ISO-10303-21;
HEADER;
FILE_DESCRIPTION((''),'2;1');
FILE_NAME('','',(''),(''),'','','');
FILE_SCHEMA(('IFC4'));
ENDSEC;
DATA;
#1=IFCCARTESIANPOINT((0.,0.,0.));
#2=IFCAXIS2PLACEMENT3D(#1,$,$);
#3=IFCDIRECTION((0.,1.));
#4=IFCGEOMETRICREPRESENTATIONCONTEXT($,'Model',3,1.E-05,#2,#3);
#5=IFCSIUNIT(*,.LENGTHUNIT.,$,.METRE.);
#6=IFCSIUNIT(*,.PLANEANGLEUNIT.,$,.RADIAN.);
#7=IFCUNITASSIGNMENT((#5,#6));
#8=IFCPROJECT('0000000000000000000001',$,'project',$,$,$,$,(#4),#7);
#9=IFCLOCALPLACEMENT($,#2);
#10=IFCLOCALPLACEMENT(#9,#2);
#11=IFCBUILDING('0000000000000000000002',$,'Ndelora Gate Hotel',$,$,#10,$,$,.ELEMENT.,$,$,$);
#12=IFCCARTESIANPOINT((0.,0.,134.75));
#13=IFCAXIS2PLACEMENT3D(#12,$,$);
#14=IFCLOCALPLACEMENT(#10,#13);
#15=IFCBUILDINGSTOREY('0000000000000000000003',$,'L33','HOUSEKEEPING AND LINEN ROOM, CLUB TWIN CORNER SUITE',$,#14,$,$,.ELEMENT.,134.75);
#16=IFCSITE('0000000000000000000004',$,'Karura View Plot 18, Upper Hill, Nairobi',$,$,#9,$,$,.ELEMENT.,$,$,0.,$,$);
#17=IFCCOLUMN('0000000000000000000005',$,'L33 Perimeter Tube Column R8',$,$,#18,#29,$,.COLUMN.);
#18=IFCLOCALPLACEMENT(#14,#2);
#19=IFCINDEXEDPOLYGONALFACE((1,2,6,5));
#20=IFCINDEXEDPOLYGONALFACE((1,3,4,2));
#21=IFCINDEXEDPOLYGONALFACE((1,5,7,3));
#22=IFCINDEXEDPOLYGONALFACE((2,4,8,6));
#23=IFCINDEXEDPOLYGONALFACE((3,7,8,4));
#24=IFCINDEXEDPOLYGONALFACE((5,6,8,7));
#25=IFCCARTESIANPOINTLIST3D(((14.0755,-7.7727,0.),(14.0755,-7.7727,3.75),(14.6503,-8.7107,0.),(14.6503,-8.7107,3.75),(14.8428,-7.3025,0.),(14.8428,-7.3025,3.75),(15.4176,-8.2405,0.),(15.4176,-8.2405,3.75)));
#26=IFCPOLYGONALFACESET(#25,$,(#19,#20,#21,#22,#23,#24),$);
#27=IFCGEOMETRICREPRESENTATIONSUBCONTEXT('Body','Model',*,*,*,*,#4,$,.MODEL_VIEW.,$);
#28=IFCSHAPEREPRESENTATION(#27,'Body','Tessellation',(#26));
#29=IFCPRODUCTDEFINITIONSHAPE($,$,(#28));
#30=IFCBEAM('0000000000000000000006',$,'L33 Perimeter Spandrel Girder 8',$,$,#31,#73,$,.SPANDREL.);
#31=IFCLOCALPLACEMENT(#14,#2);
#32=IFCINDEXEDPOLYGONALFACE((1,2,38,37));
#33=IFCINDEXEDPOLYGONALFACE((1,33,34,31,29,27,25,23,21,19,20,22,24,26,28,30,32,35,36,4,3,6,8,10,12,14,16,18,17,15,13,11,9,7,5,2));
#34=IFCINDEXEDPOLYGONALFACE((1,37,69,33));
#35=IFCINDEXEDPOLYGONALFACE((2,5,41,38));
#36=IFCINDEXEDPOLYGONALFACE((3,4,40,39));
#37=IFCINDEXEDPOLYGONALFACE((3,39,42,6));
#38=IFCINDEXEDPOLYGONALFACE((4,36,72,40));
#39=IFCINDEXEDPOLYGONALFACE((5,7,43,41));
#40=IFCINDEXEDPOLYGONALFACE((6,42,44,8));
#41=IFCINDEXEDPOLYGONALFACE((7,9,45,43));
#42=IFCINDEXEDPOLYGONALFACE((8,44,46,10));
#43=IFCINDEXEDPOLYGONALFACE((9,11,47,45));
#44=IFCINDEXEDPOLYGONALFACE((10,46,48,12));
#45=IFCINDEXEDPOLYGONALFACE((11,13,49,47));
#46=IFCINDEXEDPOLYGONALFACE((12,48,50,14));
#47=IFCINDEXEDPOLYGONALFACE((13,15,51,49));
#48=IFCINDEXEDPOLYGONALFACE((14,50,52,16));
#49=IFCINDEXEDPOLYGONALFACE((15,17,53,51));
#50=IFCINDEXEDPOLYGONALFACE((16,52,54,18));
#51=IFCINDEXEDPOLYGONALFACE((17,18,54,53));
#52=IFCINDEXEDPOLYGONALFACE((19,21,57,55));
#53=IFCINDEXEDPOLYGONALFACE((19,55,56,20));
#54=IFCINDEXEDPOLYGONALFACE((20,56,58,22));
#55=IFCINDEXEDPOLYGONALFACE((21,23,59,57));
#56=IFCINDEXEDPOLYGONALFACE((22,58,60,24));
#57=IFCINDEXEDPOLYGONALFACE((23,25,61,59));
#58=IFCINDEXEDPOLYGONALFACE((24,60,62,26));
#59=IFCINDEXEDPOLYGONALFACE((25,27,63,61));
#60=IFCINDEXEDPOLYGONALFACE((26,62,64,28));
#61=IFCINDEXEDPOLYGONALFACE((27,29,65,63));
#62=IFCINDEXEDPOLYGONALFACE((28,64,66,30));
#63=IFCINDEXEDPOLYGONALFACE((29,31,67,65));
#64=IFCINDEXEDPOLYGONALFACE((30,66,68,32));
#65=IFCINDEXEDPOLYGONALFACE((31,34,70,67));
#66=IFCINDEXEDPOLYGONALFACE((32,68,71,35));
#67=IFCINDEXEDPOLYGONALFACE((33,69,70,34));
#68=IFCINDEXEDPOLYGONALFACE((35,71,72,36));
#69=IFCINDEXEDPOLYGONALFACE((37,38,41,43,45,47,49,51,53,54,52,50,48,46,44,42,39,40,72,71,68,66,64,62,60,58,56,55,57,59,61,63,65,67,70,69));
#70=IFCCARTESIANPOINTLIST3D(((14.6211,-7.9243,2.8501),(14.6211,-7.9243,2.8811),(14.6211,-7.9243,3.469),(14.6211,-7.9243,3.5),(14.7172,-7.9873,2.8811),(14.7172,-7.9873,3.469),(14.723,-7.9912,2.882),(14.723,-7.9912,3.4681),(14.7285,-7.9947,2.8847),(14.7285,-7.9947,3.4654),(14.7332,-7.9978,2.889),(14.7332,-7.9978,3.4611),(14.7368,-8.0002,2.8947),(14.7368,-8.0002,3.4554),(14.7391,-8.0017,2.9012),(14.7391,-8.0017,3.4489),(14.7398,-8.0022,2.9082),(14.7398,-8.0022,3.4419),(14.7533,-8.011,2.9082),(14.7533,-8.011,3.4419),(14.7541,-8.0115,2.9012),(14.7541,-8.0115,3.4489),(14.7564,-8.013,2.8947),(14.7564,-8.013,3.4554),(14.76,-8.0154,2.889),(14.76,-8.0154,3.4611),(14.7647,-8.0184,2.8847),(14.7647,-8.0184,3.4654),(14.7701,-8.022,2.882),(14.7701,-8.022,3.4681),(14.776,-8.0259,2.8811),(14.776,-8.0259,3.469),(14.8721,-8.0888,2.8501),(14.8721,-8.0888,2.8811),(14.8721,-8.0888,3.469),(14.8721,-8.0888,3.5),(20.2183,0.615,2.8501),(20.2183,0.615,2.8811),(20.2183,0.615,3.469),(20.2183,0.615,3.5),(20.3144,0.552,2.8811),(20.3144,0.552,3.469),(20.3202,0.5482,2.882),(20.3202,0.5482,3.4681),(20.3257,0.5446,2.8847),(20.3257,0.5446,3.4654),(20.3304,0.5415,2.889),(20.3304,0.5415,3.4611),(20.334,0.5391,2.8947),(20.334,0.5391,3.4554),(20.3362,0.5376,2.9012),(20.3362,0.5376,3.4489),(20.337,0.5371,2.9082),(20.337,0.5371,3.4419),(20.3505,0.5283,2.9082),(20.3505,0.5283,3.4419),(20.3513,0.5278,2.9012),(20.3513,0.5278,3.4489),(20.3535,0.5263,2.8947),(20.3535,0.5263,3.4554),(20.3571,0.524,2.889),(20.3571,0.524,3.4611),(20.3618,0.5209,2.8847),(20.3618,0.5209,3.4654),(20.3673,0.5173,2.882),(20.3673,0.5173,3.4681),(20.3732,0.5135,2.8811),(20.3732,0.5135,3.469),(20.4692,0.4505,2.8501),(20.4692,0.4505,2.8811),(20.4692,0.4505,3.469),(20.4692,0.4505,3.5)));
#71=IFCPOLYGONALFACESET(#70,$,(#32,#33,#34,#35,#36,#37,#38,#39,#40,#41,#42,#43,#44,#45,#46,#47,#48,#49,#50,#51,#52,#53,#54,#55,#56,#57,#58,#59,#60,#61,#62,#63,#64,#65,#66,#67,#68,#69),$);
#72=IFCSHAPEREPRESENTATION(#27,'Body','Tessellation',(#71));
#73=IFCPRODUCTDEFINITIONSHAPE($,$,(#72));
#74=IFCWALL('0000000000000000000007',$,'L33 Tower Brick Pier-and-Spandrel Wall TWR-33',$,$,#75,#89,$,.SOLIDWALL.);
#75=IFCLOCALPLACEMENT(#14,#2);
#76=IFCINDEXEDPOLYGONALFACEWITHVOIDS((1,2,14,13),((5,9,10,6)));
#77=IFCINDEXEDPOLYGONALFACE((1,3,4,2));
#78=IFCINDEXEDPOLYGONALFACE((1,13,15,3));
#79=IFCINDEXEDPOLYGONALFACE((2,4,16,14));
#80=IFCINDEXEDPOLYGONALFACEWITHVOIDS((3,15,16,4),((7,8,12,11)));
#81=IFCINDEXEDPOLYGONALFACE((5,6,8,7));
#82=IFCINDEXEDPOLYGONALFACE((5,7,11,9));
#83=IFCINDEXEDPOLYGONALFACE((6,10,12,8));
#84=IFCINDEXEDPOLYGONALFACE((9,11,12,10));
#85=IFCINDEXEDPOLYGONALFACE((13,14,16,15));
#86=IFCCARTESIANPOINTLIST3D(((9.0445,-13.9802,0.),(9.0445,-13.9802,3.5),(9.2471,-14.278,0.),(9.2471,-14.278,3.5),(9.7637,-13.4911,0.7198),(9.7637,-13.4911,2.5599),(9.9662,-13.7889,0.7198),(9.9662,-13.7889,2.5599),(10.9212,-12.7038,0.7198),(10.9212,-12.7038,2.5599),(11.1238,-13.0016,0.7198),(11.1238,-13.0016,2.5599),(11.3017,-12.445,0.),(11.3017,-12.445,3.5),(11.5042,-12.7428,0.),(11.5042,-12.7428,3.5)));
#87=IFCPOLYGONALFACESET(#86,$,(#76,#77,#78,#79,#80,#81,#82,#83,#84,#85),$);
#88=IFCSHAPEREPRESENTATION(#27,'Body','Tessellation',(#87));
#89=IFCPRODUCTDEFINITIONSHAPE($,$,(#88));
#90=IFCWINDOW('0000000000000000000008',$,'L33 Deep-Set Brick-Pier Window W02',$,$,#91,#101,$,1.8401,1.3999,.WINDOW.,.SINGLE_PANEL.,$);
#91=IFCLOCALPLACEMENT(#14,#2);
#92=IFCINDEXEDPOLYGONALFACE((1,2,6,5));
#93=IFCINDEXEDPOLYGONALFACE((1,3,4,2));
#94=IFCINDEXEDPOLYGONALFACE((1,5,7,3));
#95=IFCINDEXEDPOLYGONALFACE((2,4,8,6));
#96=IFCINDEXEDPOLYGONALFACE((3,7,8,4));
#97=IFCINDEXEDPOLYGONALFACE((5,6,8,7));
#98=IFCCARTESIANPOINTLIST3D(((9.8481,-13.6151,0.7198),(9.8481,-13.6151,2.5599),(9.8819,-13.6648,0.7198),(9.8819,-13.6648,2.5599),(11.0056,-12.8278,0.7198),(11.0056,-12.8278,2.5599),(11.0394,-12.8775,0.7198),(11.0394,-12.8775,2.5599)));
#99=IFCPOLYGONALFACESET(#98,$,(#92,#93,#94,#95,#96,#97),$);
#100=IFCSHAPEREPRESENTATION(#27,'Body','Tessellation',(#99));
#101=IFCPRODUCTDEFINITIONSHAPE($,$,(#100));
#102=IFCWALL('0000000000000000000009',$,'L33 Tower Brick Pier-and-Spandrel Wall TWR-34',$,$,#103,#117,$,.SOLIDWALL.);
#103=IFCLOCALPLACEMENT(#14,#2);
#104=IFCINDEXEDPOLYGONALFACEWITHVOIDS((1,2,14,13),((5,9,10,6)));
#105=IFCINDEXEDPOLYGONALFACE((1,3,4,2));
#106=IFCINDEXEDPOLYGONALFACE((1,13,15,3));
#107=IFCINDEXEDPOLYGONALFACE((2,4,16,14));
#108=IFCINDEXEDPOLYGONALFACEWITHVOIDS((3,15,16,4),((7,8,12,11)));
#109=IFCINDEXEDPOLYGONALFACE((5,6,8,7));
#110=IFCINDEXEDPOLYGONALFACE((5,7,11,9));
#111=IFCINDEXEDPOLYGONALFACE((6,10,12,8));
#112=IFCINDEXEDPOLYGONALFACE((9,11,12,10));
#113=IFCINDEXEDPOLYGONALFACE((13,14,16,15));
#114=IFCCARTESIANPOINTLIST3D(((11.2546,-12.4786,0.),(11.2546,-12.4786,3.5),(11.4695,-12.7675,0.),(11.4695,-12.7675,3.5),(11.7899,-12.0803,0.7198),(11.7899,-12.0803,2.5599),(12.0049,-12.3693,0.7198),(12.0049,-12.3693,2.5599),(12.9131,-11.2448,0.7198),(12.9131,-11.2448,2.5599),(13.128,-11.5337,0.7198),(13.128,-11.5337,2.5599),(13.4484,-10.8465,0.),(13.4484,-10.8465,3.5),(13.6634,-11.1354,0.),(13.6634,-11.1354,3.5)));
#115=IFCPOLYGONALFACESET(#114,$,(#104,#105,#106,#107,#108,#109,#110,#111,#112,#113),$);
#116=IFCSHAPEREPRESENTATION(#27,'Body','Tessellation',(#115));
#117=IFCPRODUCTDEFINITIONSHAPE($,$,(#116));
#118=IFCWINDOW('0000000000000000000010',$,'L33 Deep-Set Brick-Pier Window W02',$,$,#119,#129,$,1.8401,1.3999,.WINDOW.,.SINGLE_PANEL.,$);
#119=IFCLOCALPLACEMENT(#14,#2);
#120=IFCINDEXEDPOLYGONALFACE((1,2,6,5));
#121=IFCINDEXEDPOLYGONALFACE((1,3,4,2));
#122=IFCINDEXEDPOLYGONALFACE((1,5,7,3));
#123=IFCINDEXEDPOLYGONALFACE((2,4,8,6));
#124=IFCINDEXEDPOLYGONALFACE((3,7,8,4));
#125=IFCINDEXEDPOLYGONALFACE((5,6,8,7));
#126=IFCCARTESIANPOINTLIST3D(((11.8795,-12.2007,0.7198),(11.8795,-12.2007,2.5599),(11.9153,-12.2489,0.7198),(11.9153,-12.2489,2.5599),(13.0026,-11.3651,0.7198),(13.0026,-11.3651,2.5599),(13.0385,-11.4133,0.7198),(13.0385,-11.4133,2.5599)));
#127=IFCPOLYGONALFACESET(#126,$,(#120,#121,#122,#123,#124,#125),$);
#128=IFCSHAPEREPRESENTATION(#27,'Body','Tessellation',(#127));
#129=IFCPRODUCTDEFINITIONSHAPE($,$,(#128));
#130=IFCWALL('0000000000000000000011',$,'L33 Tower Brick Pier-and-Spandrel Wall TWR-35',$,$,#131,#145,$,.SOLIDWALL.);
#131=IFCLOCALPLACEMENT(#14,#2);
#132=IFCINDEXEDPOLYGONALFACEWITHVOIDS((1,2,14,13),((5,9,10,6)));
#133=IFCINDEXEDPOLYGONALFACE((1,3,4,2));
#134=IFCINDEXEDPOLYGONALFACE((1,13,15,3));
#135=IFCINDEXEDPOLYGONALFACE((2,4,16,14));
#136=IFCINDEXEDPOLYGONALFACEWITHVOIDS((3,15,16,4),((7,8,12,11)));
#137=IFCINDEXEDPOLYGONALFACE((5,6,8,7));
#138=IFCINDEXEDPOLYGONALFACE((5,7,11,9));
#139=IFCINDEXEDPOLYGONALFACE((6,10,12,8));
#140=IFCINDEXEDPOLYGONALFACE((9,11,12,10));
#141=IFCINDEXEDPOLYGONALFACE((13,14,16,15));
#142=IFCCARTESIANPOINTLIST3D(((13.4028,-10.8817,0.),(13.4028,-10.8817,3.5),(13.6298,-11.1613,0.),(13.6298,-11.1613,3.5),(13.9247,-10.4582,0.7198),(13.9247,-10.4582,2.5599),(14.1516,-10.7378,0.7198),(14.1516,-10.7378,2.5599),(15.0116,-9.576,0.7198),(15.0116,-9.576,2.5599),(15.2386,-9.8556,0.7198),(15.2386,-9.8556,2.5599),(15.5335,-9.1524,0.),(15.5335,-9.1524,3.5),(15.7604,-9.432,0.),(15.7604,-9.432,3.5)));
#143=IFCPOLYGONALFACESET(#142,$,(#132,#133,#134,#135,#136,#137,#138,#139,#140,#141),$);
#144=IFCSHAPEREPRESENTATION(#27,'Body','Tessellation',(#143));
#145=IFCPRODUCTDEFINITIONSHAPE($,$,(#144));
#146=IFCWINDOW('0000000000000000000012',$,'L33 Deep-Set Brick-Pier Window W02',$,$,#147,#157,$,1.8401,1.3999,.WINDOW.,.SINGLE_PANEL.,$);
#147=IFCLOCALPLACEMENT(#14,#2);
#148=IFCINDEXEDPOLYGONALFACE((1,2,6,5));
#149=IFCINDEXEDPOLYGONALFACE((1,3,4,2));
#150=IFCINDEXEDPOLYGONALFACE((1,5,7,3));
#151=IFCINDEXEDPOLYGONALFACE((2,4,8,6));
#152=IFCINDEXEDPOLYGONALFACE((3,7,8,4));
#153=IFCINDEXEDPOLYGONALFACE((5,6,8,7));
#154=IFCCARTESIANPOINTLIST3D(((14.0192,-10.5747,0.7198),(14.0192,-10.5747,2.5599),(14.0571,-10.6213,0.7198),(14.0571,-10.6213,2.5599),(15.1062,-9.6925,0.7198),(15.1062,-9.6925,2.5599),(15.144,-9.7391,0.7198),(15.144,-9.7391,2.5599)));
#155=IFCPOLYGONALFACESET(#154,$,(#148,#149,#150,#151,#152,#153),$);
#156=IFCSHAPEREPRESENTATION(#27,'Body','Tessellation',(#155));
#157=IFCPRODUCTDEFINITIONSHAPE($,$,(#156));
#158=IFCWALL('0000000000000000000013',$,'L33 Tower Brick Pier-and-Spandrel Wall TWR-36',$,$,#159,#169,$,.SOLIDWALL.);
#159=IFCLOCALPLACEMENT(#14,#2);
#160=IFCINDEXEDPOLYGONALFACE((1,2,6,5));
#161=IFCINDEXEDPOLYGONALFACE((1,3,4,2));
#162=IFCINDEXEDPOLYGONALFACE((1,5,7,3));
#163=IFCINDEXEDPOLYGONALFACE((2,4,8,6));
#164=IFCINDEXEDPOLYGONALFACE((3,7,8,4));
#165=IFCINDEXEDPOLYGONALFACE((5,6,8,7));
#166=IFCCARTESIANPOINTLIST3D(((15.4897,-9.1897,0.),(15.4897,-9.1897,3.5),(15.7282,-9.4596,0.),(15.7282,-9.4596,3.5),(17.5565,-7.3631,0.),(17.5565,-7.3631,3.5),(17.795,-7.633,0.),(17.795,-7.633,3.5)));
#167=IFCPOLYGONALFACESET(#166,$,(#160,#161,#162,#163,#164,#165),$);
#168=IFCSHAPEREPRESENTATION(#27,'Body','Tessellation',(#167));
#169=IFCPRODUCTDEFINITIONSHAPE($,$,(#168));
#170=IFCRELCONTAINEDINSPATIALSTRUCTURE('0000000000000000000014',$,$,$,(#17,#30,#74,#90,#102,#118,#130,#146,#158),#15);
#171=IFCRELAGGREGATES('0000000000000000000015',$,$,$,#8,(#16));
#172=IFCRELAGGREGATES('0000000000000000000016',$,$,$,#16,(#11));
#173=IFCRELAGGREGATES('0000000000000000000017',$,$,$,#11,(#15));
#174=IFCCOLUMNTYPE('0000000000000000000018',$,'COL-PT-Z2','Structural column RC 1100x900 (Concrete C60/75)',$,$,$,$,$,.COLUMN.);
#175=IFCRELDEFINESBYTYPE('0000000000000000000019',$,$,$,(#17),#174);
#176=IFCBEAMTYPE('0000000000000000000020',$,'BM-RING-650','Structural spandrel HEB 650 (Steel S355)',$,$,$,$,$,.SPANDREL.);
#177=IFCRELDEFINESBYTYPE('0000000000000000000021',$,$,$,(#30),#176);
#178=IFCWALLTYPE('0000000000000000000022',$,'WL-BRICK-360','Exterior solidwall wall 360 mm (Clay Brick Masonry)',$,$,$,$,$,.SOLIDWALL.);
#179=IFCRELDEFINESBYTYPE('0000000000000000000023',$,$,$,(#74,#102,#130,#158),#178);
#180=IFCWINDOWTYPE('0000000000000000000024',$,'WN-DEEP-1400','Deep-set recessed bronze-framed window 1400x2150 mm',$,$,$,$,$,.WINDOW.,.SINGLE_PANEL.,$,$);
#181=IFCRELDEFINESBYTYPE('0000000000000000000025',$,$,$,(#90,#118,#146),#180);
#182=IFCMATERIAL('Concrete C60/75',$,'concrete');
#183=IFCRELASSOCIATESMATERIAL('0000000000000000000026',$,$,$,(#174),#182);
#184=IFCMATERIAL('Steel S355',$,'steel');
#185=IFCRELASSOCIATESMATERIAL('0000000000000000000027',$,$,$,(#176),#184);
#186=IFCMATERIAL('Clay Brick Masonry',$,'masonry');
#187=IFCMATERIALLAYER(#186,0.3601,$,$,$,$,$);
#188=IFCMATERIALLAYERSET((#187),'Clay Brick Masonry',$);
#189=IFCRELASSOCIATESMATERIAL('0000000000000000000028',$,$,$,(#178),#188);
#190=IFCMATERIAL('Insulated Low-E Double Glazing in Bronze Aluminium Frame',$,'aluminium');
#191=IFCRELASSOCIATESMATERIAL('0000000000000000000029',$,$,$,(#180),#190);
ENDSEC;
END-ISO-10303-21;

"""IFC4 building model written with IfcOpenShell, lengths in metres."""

from ifc_helpers import new_model, si_unit, direction, frame, frame_2d, origin, origin_2d, place, context, subcontext, project, spatial, rectangle, i_section, extrude, material, layer, layer_set, material_profile, profile_set, type_object, element, fill, save


model = new_model("IFC4")

# Units and contexts
model_context = context("Model", 3, precision=1e-05, world=origin(), true_north=direction((0.0, 1.0)))
body_context = subcontext(model_context, "Body", "Model", "MODEL_VIEW")
ifc_project = project(units=[si_unit("LENGTHUNIT", "METRE"), si_unit("PLANEANGLEUNIT", "RADIAN")], contexts=[model_context])

# Site, building, storey
site_placement = place(None, origin())
site = spatial("IfcSite", under=ifc_project, at=site_placement, Name="Karura View Plot 18, Upper Hill, Nairobi", CompositionType="ELEMENT", RefElevation=0.0)
building_placement = place(site_placement, origin())
building = spatial("IfcBuilding", under=site, at=building_placement, Name="Ndelora Gate Hotel", CompositionType="ELEMENT")
storey_placement = place(building_placement, frame((0.0, 0.0, 134.75)))
storey = spatial("IfcBuildingStorey", under=building, at=storey_placement, Name="L33", Description="HOUSEKEEPING AND LINEN ROOM, CLUB TWIN CORNER SUITE", CompositionType="ELEMENT", Elevation=134.75)

# Column
ifc_material_1 = material(Name="Concrete C60/75", Category="concrete")
ifc_material_profile_1 = material_profile(ifc_material_1, rectangle(XDim=0.8999, YDim=1.1001, at=origin_2d()), Name="RC 1100x900")
ifc_profile_set_1 = profile_set([ifc_material_profile_1], Name="Concrete C60/75")
column_type = type_object("IfcColumnType", Name="COL-PT-Z2", Description="Structural column RC 1100x900 (Concrete C60/75)", PredefinedType="COLUMN", material=ifc_profile_set_1)
column_placement = place(storey_placement, frame((14.7466, -8.0066, 0.0), z_axis=(0.0, 0.0, 1.0), x_axis=(0.85264, 0.522499, 0.0)))
element("IfcColumn", 1, at=column_placement, inside=storey, type_object=column_type, Name="L33 Perimeter Tube Column R8", PredefinedType="COLUMN", context=body_context, shape_type="SweptSolid", body=[
    extrude(rectangle(XDim=0.8999, YDim=1.1001, at=origin_2d()), origin(), (0.0, 0.0, 1.0), 3.75),
])

# Beam
ifc_material_2 = material(Name="Steel S355", Category="steel")
ifc_material_profile_2 = material_profile(ifc_material_2, i_section(OverallWidth=0.3, OverallDepth=0.6499, WebThickness=0.0161, FlangeThickness=0.031, FilletRadius=0.0271, at=origin_2d()), Name="HEB 650")
ifc_profile_set_2 = profile_set([ifc_material_profile_2], Name="Steel S355")
beam_type = type_object("IfcBeamType", Name="BM-RING-650", Description="Structural spandrel HEB 650 (Steel S355)", PredefinedType="SPANDREL", material=ifc_profile_set_2)
beam_placement = place(storey_placement, frame((14.7466, -8.0066, 3.175), z_axis=(0.548194, 0.836351, 0.0), x_axis=(-0.836351, 0.548194, 0.0)))
element("IfcBeam", 2, at=beam_placement, inside=storey, type_object=beam_type, Name="L33 Perimeter Spandrel Girder 8", PredefinedType="SPANDREL", context=body_context, shape_type="SweptSolid", body=[
    extrude(i_section(OverallWidth=0.3, OverallDepth=0.6499, WebThickness=0.0161, FlangeThickness=0.031, FilletRadius=0.0271, at=origin_2d()), origin(), (0.0, 0.0, 1.0), 10.2102),
])

# Walls, openings, windows
ifc_material_3 = material(Name="Clay Brick Masonry", Category="masonry")
ifc_layer_1 = layer(ifc_material_3, 0.3601)
ifc_layer_set_1 = layer_set([ifc_layer_1], Name="Clay Brick Masonry")
wall_type_1 = type_object("IfcWallType", Name="WL-BRICK-360", Description="Exterior solidwall wall 360 mm (Clay Brick Masonry)", PredefinedType="SOLIDWALL", material=ifc_layer_set_1)
wall_1_placement = place(storey_placement, frame((11.4028, -12.594, 0.0), z_axis=(0.0, 0.0, 1.0), x_axis=(-0.826868, -0.562396, 0.0)))
wall_1 = element("IfcWall", 3, at=wall_1_placement, inside=storey, type_object=wall_type_1, Name="L33 Tower Brick Pier-and-Spandrel Wall TWR-33", PredefinedType="SOLIDWALL", context=body_context, shape_type="SweptSolid", body=[
    extrude(rectangle(XDim=2.7297, YDim=0.3601, at=frame_2d((1.3647, 0.0))), origin(), (0.0, 0.0, 1.0), 3.5),
])
opening_1_placement = place(wall_1_placement, frame((0.46, 0.0, 0.72)))
opening_1 = element("IfcOpeningElement", 4, at=opening_1_placement, cuts=wall_1, PredefinedType="OPENING", context=body_context, shape_type="SweptSolid", body=[
    extrude(rectangle(XDim=1.3999, YDim=1.8401, at=frame_2d((0.7, 0.9199))), frame((0.0, 0.1899, 0.0), z_axis=(0.0, -1.0, 0.0), x_axis=(1.0, 0.0, 0.0)), (0.0, 0.0, 1.0), 0.3801),
])
ifc_material_4 = material(Name="Insulated Low-E Double Glazing in Bronze Aluminium Frame", Category="aluminium")
window_type_1 = type_object("IfcWindowType", Name="WN-DEEP-1400", Description="Deep-set recessed bronze-framed window 1400x2150 mm", PartitioningType="SINGLE_PANEL", PredefinedType="WINDOW", material=ifc_material_4)
window_1_placement = place(opening_1_placement, origin())
window_1 = element("IfcWindow", 5, at=window_1_placement, inside=storey, type_object=window_type_1, Name="L33 Deep-Set Brick-Pier Window W02", OverallHeight=1.8401, OverallWidth=1.3999, PartitioningType="SINGLE_PANEL", PredefinedType="WINDOW", context=body_context, shape_type="SweptSolid", body=[
    extrude(rectangle(XDim=1.3999, YDim=1.8401, at=frame_2d((0.7, 0.9199))), frame((0.0, 0.03, 0.0), z_axis=(0.0, -1.0, 0.0), x_axis=(1.0, 0.0, 0.0)), (0.0, 0.0, 1.0), 0.0601),
])
fill(opening_1, window_1)
wall_2_placement = place(storey_placement, frame((13.5559, -10.991, 0.0), z_axis=(0.0, 0.0, 1.0), x_axis=(-0.80233, -0.596881, 0.0)))
wall_2 = element("IfcWall", 6, at=wall_2_placement, inside=storey, type_object=wall_type_1, Name="L33 Tower Brick Pier-and-Spandrel Wall TWR-34", PredefinedType="SOLIDWALL", context=body_context, shape_type="SweptSolid", body=[
    extrude(rectangle(XDim=2.7344, YDim=0.3601, at=frame_2d((1.3672, 0.0))), origin(), (0.0, 0.0, 1.0), 3.5),
])
opening_2_placement = place(wall_2_placement, frame((0.6672, 0.0, 0.72)))
opening_2 = element("IfcOpeningElement", 7, at=opening_2_placement, cuts=wall_2, PredefinedType="OPENING", context=body_context, shape_type="SweptSolid", body=[
    extrude(rectangle(XDim=1.3999, YDim=1.8401, at=frame_2d((0.7, 0.9199))), frame((0.0, 0.1899, 0.0), z_axis=(0.0, -1.0, 0.0), x_axis=(1.0, 0.0, 0.0)), (0.0, 0.0, 1.0), 0.3801),
])
window_2_placement = place(opening_2_placement, origin())
window_2 = element("IfcWindow", 8, at=window_2_placement, inside=storey, type_object=window_type_1, Name="L33 Deep-Set Brick-Pier Window W02", OverallHeight=1.8401, OverallWidth=1.3999, PartitioningType="SINGLE_PANEL", PredefinedType="WINDOW", context=body_context, shape_type="SweptSolid", body=[
    extrude(rectangle(XDim=1.3999, YDim=1.8401, at=frame_2d((0.7, 0.9199))), frame((0.0, 0.03, 0.0), z_axis=(0.0, -1.0, 0.0), x_axis=(1.0, 0.0, 0.0)), (0.0, 0.0, 1.0), 0.0601),
])
fill(opening_2, window_2)
wall_3_placement = place(storey_placement, frame((15.647, -9.2922, 0.0), z_axis=(0.0, 0.0, 1.0), x_axis=(-0.776449, -0.630181, 0.0)))
wall_3 = element("IfcWall", 9, at=wall_3_placement, inside=storey, type_object=wall_type_1, Name="L33 Tower Brick Pier-and-Spandrel Wall TWR-35", PredefinedType="SOLIDWALL", context=body_context, shape_type="SweptSolid", body=[
    extrude(rectangle(XDim=2.7441, YDim=0.3601, at=frame_2d((1.3721, 0.0))), origin(), (0.0, 0.0, 1.0), 3.5),
])
opening_3_placement = place(wall_3_placement, frame((0.6721, 0.0, 0.72)))
opening_3 = element("IfcOpeningElement", 10, at=opening_3_placement, cuts=wall_3, PredefinedType="OPENING", context=body_context, shape_type="SweptSolid", body=[
    extrude(rectangle(XDim=1.3999, YDim=1.8401, at=frame_2d((0.7, 0.9199))), frame((0.0, 0.1899, 0.0), z_axis=(0.0, -1.0, 0.0), x_axis=(1.0, 0.0, 0.0)), (0.0, 0.0, 1.0), 0.3801),
])
window_3_placement = place(opening_3_placement, origin())
window_3 = element("IfcWindow", 11, at=window_3_placement, inside=storey, type_object=window_type_1, Name="L33 Deep-Set Brick-Pier Window W02", OverallHeight=1.8401, OverallWidth=1.3999, PartitioningType="SINGLE_PANEL", PredefinedType="WINDOW", context=body_context, shape_type="SweptSolid", body=[
    extrude(rectangle(XDim=1.3999, YDim=1.8401, at=frame_2d((0.7, 0.9199))), frame((0.0, 0.03, 0.0), z_axis=(0.0, -1.0, 0.0), x_axis=(1.0, 0.0, 0.0)), (0.0, 0.0, 1.0), 0.0601),
])
fill(opening_3, window_3)

# Wall
wall_4_placement = place(storey_placement, frame((17.6758, -7.498, 0.0), z_axis=(0.0, 0.0, 1.0), x_axis=(-0.749311, -0.662219, 0.0)))
element("IfcWall", 12, at=wall_4_placement, inside=storey, type_object=wall_type_1, Name="L33 Tower Brick Pier-and-Spandrel Wall TWR-36", PredefinedType="SOLIDWALL", context=body_context, shape_type="SweptSolid", body=[
    extrude(rectangle(XDim=2.7583, YDim=0.3601, at=frame_2d((1.3792, 0.0))), origin(), (0.0, 0.0, 1.0), 3.5),
])

save(model, "model.ifc")
